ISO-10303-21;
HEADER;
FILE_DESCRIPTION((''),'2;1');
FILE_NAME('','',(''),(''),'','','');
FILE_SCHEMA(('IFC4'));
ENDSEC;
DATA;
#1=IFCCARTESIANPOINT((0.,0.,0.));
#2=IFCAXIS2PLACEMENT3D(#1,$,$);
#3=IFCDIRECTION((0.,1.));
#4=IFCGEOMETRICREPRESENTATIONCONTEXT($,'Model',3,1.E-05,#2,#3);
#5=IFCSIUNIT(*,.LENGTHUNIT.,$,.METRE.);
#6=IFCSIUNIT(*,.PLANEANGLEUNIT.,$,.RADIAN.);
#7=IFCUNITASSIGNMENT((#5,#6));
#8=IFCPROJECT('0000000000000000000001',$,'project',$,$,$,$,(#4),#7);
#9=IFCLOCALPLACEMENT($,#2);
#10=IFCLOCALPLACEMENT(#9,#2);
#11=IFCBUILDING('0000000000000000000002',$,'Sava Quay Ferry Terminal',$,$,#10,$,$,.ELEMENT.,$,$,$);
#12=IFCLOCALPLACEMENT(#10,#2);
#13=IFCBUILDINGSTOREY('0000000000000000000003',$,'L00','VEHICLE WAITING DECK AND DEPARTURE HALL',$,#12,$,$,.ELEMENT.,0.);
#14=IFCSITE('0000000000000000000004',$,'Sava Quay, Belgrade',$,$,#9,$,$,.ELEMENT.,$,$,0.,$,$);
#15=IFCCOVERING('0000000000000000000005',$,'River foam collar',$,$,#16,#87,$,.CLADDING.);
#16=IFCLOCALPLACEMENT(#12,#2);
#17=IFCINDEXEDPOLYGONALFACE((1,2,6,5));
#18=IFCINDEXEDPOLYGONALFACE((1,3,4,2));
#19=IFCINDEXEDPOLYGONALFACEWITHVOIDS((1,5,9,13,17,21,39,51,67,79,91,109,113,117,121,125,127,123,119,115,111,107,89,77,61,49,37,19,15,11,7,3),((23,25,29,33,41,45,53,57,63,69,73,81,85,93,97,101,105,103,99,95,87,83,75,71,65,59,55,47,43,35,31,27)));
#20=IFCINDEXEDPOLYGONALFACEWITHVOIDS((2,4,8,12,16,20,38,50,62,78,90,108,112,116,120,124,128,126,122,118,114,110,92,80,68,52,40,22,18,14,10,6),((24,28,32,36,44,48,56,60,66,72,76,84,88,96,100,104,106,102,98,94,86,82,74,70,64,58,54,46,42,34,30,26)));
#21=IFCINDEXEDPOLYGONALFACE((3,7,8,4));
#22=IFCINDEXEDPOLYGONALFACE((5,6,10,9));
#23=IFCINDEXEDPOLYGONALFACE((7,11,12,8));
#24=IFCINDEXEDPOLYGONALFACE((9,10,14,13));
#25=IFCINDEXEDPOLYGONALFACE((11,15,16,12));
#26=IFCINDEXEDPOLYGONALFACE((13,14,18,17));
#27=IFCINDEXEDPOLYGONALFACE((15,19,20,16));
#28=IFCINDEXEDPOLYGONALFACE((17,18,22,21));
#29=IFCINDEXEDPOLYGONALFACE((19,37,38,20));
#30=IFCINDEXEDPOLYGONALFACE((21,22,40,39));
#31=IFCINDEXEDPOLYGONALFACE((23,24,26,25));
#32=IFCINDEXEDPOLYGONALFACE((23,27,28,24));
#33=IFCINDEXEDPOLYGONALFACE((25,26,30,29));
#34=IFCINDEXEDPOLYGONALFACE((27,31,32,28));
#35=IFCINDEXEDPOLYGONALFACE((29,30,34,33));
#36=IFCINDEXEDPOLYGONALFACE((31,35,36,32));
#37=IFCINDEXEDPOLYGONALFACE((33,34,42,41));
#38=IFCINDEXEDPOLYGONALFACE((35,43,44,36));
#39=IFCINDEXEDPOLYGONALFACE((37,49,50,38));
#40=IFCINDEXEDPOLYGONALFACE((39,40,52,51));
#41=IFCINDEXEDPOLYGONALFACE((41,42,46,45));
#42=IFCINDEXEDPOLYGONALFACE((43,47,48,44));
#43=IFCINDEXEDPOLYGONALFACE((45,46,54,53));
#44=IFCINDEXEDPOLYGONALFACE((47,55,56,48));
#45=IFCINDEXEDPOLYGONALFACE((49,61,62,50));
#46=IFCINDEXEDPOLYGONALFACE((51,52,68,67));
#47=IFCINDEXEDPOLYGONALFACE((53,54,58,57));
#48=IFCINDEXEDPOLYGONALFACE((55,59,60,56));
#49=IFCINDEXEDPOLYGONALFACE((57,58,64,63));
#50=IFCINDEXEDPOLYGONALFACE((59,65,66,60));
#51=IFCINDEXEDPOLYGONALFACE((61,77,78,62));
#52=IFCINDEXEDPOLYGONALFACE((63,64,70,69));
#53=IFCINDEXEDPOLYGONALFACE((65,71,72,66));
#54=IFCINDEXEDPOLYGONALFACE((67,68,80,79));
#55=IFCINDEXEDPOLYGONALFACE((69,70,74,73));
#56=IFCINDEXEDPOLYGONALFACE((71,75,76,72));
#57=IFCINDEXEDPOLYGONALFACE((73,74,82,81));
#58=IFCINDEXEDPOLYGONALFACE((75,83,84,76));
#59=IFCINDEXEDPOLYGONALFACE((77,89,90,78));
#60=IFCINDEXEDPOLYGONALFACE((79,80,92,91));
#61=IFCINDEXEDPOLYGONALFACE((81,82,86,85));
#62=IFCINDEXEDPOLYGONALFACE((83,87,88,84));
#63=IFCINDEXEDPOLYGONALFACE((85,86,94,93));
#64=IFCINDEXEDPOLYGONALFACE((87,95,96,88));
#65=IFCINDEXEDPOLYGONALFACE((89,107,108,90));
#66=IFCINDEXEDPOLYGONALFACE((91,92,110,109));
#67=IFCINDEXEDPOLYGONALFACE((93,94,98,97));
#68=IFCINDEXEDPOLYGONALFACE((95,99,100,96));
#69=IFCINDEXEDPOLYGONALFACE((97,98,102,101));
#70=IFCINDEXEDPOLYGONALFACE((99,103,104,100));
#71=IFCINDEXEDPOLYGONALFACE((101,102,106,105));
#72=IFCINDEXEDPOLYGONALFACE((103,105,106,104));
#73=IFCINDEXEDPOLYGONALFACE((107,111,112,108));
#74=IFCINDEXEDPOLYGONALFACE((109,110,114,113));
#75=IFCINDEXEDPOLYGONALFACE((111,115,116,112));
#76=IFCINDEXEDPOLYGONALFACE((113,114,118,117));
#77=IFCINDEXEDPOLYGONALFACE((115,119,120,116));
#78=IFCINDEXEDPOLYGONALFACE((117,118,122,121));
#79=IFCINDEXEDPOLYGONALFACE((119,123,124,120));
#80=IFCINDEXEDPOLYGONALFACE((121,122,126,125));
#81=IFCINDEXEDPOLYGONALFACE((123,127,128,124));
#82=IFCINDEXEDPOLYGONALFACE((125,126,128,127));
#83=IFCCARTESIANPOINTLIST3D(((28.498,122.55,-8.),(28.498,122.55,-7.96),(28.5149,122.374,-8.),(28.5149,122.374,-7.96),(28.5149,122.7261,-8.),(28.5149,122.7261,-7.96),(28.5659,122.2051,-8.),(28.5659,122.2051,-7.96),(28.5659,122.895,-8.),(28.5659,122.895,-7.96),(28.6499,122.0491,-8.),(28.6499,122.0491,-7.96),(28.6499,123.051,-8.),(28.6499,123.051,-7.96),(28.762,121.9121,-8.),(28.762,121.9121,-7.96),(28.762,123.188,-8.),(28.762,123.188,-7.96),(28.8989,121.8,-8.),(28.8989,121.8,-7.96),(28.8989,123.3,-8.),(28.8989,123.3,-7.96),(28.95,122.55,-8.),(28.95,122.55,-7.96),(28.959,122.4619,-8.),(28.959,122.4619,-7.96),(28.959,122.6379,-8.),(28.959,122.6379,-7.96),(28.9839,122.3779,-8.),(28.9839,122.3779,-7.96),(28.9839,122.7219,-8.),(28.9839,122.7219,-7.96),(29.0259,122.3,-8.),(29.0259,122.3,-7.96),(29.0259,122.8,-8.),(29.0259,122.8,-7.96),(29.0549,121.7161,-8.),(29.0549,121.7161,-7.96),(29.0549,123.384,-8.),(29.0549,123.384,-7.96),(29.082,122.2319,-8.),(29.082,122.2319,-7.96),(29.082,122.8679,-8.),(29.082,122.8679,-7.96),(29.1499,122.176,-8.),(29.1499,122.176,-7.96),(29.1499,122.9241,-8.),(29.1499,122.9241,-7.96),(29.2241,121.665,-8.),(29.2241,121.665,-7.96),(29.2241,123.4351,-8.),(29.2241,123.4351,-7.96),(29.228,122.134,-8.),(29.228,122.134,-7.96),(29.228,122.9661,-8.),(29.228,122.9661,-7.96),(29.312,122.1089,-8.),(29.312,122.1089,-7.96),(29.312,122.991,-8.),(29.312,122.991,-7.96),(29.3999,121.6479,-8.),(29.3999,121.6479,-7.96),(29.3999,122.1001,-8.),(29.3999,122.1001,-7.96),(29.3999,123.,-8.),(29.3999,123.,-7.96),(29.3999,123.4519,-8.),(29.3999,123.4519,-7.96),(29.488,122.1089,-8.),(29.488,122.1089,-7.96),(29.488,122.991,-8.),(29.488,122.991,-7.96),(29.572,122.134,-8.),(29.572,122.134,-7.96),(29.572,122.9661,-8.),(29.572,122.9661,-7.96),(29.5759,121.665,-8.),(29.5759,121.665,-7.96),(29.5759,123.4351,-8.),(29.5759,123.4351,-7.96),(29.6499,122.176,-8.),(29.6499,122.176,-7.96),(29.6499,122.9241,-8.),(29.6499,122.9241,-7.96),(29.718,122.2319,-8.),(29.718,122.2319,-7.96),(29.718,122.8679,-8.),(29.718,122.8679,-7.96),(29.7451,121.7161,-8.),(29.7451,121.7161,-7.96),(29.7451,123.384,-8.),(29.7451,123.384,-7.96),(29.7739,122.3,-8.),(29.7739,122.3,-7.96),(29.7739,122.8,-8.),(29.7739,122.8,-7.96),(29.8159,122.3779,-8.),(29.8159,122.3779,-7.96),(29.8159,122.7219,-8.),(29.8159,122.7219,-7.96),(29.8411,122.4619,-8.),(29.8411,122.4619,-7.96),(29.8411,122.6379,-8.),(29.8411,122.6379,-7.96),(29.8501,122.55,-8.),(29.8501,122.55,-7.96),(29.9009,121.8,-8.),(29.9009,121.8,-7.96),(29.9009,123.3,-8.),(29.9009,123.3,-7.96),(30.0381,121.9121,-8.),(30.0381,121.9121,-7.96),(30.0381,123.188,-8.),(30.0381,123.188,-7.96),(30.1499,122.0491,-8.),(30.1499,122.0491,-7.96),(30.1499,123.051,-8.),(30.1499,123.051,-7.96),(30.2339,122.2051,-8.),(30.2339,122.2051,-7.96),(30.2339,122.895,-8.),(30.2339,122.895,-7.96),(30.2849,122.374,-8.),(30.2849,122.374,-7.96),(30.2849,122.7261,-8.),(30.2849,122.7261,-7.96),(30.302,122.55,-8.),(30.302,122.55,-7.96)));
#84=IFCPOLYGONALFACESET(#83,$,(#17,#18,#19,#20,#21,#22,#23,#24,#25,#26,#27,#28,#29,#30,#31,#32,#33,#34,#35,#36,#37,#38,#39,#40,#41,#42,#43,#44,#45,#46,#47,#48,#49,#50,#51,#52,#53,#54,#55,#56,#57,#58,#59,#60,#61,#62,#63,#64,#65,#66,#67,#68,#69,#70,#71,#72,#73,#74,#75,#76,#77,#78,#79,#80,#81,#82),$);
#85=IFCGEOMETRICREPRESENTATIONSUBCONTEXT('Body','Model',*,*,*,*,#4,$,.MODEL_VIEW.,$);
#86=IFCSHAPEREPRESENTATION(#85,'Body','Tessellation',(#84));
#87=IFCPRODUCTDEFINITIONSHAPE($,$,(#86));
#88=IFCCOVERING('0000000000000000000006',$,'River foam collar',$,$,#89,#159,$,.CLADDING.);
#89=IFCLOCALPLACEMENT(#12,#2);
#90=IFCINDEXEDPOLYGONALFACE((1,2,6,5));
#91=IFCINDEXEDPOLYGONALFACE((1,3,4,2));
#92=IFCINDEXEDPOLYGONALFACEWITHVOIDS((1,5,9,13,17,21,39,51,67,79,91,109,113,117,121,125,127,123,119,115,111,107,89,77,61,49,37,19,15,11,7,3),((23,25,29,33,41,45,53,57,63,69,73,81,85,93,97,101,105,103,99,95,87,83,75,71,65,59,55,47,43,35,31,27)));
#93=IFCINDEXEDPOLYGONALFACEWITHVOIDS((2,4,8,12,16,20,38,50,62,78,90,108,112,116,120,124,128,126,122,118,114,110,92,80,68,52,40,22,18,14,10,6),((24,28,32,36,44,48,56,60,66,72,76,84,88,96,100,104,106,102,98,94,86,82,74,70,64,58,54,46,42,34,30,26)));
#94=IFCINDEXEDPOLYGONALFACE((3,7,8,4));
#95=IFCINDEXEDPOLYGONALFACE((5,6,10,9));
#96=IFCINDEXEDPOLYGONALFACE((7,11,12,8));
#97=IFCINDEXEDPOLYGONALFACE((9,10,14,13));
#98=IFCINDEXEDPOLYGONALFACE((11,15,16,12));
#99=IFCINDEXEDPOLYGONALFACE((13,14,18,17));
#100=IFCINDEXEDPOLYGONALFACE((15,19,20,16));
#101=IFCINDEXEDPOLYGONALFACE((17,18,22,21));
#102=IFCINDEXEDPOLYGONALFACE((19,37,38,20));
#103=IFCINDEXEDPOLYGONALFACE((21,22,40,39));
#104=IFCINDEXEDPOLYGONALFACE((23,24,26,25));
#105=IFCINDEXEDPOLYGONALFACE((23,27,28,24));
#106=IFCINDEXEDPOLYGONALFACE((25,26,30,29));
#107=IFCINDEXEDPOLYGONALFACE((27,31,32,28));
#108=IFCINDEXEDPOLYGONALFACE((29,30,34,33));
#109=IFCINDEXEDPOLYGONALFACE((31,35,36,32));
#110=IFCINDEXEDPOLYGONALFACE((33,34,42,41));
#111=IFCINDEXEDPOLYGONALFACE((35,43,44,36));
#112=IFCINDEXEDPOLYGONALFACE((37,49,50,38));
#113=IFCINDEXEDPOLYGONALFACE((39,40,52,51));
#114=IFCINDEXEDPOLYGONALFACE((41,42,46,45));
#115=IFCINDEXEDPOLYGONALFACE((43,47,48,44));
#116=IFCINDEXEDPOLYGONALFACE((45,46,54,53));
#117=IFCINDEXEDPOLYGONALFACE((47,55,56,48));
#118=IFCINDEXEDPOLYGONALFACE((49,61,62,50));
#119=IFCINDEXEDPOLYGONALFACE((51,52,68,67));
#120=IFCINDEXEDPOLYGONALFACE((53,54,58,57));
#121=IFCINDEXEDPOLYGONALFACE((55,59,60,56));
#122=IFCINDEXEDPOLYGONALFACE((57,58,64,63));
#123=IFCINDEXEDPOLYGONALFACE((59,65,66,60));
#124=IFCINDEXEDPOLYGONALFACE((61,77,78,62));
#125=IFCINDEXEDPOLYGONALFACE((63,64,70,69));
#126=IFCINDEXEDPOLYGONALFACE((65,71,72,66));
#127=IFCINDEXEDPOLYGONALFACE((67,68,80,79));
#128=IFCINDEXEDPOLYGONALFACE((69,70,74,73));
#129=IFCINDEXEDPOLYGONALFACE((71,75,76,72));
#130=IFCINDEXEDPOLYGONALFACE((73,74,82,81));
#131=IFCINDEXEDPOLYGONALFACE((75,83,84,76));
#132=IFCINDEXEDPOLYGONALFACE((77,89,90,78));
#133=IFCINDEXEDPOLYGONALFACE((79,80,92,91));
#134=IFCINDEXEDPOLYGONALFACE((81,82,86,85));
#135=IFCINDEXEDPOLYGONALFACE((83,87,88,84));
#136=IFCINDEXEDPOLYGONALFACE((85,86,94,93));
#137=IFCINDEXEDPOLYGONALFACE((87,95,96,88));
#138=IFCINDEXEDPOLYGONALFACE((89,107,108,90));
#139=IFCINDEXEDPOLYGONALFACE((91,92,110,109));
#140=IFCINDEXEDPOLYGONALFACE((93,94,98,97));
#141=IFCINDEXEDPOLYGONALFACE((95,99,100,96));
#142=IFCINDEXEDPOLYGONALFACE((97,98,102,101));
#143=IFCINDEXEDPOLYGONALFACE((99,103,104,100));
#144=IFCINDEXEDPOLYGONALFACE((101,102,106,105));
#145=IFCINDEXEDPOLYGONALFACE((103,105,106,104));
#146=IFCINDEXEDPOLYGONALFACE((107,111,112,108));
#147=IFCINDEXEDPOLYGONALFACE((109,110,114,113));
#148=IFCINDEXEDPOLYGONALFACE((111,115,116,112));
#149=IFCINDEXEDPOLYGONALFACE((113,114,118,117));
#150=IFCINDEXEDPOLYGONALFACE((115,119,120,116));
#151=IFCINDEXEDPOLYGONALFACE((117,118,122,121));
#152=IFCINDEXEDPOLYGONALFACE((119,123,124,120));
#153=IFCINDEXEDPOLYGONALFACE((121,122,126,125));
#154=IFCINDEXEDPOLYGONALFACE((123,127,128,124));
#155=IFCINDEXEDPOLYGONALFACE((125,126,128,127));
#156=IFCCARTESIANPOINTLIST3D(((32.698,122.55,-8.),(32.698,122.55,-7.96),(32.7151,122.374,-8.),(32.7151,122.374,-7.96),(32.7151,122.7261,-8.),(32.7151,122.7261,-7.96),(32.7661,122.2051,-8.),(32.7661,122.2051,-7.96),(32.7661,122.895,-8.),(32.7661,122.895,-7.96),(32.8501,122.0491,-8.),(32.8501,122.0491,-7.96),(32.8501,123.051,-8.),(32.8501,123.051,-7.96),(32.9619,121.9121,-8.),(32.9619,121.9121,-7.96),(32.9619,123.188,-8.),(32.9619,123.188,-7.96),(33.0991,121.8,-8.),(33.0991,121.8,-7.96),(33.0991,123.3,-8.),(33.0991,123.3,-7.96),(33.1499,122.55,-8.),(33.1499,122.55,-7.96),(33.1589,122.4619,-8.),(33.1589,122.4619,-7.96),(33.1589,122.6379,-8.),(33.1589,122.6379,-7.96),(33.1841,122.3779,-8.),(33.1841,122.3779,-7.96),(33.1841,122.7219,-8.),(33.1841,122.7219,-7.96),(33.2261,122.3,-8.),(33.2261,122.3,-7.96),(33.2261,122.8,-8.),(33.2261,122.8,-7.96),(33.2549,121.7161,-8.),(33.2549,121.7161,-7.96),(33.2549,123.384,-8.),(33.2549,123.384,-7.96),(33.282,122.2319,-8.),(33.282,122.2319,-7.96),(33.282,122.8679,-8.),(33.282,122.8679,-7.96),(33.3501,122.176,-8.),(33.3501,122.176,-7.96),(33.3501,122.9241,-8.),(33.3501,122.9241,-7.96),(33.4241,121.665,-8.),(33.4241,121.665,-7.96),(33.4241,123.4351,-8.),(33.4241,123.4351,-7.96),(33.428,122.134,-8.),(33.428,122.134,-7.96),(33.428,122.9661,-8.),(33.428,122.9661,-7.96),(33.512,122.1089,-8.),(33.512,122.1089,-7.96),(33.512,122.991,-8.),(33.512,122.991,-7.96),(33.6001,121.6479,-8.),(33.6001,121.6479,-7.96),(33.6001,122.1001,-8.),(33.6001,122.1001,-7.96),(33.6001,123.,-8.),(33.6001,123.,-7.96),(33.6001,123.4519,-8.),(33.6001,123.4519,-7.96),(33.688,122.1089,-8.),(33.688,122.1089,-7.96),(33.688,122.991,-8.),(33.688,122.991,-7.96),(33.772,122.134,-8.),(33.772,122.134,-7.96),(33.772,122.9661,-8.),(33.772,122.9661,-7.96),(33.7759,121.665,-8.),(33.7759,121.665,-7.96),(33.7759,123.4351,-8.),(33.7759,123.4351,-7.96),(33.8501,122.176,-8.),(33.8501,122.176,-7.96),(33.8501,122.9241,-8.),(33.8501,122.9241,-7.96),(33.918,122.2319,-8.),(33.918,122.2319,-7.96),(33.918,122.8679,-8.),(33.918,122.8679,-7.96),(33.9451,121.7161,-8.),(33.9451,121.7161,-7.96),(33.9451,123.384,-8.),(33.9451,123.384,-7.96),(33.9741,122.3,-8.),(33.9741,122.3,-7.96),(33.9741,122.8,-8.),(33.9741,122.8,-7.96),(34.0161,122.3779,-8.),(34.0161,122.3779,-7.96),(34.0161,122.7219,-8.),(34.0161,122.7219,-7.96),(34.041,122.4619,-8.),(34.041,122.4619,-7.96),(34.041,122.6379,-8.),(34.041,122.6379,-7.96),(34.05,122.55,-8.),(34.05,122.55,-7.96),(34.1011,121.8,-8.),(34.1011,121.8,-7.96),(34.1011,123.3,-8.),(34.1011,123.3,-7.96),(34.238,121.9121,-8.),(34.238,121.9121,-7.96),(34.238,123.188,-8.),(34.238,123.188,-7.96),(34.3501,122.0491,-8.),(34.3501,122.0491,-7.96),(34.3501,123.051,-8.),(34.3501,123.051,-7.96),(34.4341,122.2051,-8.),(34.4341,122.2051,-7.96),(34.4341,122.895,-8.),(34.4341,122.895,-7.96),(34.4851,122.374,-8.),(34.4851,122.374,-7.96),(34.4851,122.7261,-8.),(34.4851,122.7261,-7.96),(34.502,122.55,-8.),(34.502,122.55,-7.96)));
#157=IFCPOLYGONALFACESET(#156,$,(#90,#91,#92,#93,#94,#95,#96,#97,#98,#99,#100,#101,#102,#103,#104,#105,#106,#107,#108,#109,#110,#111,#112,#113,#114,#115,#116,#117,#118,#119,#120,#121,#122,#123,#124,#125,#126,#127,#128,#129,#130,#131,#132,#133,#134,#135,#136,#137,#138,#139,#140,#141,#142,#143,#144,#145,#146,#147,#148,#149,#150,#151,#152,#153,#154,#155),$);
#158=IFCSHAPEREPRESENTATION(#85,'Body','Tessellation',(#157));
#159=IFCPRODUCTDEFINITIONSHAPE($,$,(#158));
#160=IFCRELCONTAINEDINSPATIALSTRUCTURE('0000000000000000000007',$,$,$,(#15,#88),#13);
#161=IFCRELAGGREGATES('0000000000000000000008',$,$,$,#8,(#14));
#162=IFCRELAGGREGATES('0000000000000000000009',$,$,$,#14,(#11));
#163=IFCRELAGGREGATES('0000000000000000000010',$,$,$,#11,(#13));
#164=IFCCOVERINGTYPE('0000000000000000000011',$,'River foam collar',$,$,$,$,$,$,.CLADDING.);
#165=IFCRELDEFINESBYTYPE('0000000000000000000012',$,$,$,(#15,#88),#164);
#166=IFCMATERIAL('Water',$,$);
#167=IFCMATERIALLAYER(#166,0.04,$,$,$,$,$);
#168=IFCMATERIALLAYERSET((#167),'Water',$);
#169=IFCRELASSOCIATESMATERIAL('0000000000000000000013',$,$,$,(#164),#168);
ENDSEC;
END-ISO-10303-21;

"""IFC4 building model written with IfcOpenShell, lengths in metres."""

from ifc_helpers import new_model, si_unit, direction, frame, origin, place, context, subcontext, project, spatial, polyline, outline, extrude, material, layer, layer_set, type_object, element, save


model = new_model("IFC4")

# Units and contexts
model_context = context("Model", 3, precision=1e-05, world=origin(), true_north=direction((0.0, 1.0)))
body_context = subcontext(model_context, "Body", "Model", "MODEL_VIEW")
ifc_project = project(units=[si_unit("LENGTHUNIT", "METRE"), si_unit("PLANEANGLEUNIT", "RADIAN")], contexts=[model_context])

# Site, building, storey
site_placement = place(None, origin())
site = spatial("IfcSite", under=ifc_project, at=site_placement, Name="Sava Quay, Belgrade", CompositionType="ELEMENT", RefElevation=0.0)
building_placement = place(site_placement, origin())
building = spatial("IfcBuilding", under=site, at=building_placement, Name="Sava Quay Ferry Terminal", CompositionType="ELEMENT")
storey_placement = place(building_placement, origin())
storey = spatial("IfcBuildingStorey", under=building, at=storey_placement, Name="L00", Description="VEHICLE WAITING DECK AND DEPARTURE HALL", CompositionType="ELEMENT", Elevation=0.0)

# Coverings
ifc_material = material(Name="Water")
ifc_layer = layer(ifc_material, 0.04)
ifc_layer_set = layer_set([ifc_layer], Name="Water")
covering_type = type_object("IfcCoveringType", Name="River foam collar", PredefinedType="CLADDING", material=ifc_layer_set)
covering_1_placement = place(storey_placement, frame((0.0, 0.0, -8.0)))
element("IfcCovering", 1, at=covering_1_placement, inside=storey, type_object=covering_type, Name="River foam collar", PredefinedType="CLADDING", context=body_context, shape_type="SweptSolid", body=[
    extrude(outline(polyline([(29.9009, 123.3), (29.7451, 123.384), (29.5759, 123.4351), (29.3999, 123.4519), (29.2241, 123.4351), (29.0549, 123.384), (28.8989, 123.3), (28.762, 123.188), (28.6499, 123.051), (28.5659, 122.895), (28.5149, 122.7261), (28.498, 122.55), (28.5149, 122.374), (28.5659, 122.2051), (28.6499, 122.0491), (28.762, 121.9121), (28.8989, 121.8), (29.0549, 121.7161), (29.2241, 121.665), (29.3999, 121.6479), (29.5759, 121.665), (29.7451, 121.7161), (29.9009, 121.8), (30.0381, 121.9121), (30.1499, 122.0491), (30.2339, 122.2051), (30.2849, 122.374), (30.302, 122.55), (30.2849, 122.7261), (30.2339, 122.895), (30.1499, 123.051), (30.0381, 123.188), (29.9009, 123.3)]), holes=[polyline([(29.6499, 122.176), (29.572, 122.134), (29.488, 122.1089), (29.3999, 122.1001), (29.312, 122.1089), (29.228, 122.134), (29.1499, 122.176), (29.082, 122.2319), (29.0259, 122.3), (28.9839, 122.3779), (28.959, 122.4619), (28.95, 122.55), (28.959, 122.6379), (28.9839, 122.7219), (29.0259, 122.8), (29.082, 122.8679), (29.1499, 122.9241), (29.228, 122.9661), (29.312, 122.991), (29.3999, 123.0), (29.488, 122.991), (29.572, 122.9661), (29.6499, 122.9241), (29.718, 122.8679), (29.7739, 122.8), (29.8159, 122.7219), (29.8411, 122.6379), (29.8501, 122.55), (29.8411, 122.4619), (29.8159, 122.3779), (29.7739, 122.3), (29.718, 122.2319), (29.6499, 122.176)])]), origin(), (0.0, 0.0, 1.0), 0.04),
])
covering_2_placement = place(storey_placement, frame((0.0, 0.0, -8.0)))
element("IfcCovering", 2, at=covering_2_placement, inside=storey, type_object=covering_type, Name="River foam collar", PredefinedType="CLADDING", context=body_context, shape_type="SweptSolid", body=[
    extrude(outline(polyline([(34.238, 123.188), (34.1011, 123.3), (33.9451, 123.384), (33.7759, 123.4351), (33.6001, 123.4519), (33.4241, 123.4351), (33.2549, 123.384), (33.0991, 123.3), (32.9619, 123.188), (32.8501, 123.051), (32.7661, 122.895), (32.7151, 122.7261), (32.698, 122.55), (32.7151, 122.374), (32.7661, 122.2051), (32.8501, 122.0491), (32.9619, 121.9121), (33.0991, 121.8), (33.2549, 121.7161), (33.4241, 121.665), (33.6001, 121.6479), (33.7759, 121.665), (33.9451, 121.7161), (34.1011, 121.8), (34.238, 121.9121), (34.3501, 122.0491), (34.4341, 122.2051), (34.4851, 122.374), (34.502, 122.55), (34.4851, 122.7261), (34.4341, 122.895), (34.3501, 123.051), (34.238, 123.188)]), holes=[polyline([(33.918, 122.2319), (33.8501, 122.176), (33.772, 122.134), (33.688, 122.1089), (33.6001, 122.1001), (33.512, 122.1089), (33.428, 122.134), (33.3501, 122.176), (33.282, 122.2319), (33.2261, 122.3), (33.1841, 122.3779), (33.1589, 122.4619), (33.1499, 122.55), (33.1589, 122.6379), (33.1841, 122.7219), (33.2261, 122.8), (33.282, 122.8679), (33.3501, 122.9241), (33.428, 122.9661), (33.512, 122.991), (33.6001, 123.0), (33.688, 122.991), (33.772, 122.9661), (33.8501, 122.9241), (33.918, 122.8679), (33.9741, 122.8), (34.0161, 122.7219), (34.041, 122.6379), (34.05, 122.55), (34.041, 122.4619), (34.0161, 122.3779), (33.9741, 122.3), (33.918, 122.2319)])]), origin(), (0.0, 0.0, 1.0), 0.04),
])

save(model, "model.ifc")
